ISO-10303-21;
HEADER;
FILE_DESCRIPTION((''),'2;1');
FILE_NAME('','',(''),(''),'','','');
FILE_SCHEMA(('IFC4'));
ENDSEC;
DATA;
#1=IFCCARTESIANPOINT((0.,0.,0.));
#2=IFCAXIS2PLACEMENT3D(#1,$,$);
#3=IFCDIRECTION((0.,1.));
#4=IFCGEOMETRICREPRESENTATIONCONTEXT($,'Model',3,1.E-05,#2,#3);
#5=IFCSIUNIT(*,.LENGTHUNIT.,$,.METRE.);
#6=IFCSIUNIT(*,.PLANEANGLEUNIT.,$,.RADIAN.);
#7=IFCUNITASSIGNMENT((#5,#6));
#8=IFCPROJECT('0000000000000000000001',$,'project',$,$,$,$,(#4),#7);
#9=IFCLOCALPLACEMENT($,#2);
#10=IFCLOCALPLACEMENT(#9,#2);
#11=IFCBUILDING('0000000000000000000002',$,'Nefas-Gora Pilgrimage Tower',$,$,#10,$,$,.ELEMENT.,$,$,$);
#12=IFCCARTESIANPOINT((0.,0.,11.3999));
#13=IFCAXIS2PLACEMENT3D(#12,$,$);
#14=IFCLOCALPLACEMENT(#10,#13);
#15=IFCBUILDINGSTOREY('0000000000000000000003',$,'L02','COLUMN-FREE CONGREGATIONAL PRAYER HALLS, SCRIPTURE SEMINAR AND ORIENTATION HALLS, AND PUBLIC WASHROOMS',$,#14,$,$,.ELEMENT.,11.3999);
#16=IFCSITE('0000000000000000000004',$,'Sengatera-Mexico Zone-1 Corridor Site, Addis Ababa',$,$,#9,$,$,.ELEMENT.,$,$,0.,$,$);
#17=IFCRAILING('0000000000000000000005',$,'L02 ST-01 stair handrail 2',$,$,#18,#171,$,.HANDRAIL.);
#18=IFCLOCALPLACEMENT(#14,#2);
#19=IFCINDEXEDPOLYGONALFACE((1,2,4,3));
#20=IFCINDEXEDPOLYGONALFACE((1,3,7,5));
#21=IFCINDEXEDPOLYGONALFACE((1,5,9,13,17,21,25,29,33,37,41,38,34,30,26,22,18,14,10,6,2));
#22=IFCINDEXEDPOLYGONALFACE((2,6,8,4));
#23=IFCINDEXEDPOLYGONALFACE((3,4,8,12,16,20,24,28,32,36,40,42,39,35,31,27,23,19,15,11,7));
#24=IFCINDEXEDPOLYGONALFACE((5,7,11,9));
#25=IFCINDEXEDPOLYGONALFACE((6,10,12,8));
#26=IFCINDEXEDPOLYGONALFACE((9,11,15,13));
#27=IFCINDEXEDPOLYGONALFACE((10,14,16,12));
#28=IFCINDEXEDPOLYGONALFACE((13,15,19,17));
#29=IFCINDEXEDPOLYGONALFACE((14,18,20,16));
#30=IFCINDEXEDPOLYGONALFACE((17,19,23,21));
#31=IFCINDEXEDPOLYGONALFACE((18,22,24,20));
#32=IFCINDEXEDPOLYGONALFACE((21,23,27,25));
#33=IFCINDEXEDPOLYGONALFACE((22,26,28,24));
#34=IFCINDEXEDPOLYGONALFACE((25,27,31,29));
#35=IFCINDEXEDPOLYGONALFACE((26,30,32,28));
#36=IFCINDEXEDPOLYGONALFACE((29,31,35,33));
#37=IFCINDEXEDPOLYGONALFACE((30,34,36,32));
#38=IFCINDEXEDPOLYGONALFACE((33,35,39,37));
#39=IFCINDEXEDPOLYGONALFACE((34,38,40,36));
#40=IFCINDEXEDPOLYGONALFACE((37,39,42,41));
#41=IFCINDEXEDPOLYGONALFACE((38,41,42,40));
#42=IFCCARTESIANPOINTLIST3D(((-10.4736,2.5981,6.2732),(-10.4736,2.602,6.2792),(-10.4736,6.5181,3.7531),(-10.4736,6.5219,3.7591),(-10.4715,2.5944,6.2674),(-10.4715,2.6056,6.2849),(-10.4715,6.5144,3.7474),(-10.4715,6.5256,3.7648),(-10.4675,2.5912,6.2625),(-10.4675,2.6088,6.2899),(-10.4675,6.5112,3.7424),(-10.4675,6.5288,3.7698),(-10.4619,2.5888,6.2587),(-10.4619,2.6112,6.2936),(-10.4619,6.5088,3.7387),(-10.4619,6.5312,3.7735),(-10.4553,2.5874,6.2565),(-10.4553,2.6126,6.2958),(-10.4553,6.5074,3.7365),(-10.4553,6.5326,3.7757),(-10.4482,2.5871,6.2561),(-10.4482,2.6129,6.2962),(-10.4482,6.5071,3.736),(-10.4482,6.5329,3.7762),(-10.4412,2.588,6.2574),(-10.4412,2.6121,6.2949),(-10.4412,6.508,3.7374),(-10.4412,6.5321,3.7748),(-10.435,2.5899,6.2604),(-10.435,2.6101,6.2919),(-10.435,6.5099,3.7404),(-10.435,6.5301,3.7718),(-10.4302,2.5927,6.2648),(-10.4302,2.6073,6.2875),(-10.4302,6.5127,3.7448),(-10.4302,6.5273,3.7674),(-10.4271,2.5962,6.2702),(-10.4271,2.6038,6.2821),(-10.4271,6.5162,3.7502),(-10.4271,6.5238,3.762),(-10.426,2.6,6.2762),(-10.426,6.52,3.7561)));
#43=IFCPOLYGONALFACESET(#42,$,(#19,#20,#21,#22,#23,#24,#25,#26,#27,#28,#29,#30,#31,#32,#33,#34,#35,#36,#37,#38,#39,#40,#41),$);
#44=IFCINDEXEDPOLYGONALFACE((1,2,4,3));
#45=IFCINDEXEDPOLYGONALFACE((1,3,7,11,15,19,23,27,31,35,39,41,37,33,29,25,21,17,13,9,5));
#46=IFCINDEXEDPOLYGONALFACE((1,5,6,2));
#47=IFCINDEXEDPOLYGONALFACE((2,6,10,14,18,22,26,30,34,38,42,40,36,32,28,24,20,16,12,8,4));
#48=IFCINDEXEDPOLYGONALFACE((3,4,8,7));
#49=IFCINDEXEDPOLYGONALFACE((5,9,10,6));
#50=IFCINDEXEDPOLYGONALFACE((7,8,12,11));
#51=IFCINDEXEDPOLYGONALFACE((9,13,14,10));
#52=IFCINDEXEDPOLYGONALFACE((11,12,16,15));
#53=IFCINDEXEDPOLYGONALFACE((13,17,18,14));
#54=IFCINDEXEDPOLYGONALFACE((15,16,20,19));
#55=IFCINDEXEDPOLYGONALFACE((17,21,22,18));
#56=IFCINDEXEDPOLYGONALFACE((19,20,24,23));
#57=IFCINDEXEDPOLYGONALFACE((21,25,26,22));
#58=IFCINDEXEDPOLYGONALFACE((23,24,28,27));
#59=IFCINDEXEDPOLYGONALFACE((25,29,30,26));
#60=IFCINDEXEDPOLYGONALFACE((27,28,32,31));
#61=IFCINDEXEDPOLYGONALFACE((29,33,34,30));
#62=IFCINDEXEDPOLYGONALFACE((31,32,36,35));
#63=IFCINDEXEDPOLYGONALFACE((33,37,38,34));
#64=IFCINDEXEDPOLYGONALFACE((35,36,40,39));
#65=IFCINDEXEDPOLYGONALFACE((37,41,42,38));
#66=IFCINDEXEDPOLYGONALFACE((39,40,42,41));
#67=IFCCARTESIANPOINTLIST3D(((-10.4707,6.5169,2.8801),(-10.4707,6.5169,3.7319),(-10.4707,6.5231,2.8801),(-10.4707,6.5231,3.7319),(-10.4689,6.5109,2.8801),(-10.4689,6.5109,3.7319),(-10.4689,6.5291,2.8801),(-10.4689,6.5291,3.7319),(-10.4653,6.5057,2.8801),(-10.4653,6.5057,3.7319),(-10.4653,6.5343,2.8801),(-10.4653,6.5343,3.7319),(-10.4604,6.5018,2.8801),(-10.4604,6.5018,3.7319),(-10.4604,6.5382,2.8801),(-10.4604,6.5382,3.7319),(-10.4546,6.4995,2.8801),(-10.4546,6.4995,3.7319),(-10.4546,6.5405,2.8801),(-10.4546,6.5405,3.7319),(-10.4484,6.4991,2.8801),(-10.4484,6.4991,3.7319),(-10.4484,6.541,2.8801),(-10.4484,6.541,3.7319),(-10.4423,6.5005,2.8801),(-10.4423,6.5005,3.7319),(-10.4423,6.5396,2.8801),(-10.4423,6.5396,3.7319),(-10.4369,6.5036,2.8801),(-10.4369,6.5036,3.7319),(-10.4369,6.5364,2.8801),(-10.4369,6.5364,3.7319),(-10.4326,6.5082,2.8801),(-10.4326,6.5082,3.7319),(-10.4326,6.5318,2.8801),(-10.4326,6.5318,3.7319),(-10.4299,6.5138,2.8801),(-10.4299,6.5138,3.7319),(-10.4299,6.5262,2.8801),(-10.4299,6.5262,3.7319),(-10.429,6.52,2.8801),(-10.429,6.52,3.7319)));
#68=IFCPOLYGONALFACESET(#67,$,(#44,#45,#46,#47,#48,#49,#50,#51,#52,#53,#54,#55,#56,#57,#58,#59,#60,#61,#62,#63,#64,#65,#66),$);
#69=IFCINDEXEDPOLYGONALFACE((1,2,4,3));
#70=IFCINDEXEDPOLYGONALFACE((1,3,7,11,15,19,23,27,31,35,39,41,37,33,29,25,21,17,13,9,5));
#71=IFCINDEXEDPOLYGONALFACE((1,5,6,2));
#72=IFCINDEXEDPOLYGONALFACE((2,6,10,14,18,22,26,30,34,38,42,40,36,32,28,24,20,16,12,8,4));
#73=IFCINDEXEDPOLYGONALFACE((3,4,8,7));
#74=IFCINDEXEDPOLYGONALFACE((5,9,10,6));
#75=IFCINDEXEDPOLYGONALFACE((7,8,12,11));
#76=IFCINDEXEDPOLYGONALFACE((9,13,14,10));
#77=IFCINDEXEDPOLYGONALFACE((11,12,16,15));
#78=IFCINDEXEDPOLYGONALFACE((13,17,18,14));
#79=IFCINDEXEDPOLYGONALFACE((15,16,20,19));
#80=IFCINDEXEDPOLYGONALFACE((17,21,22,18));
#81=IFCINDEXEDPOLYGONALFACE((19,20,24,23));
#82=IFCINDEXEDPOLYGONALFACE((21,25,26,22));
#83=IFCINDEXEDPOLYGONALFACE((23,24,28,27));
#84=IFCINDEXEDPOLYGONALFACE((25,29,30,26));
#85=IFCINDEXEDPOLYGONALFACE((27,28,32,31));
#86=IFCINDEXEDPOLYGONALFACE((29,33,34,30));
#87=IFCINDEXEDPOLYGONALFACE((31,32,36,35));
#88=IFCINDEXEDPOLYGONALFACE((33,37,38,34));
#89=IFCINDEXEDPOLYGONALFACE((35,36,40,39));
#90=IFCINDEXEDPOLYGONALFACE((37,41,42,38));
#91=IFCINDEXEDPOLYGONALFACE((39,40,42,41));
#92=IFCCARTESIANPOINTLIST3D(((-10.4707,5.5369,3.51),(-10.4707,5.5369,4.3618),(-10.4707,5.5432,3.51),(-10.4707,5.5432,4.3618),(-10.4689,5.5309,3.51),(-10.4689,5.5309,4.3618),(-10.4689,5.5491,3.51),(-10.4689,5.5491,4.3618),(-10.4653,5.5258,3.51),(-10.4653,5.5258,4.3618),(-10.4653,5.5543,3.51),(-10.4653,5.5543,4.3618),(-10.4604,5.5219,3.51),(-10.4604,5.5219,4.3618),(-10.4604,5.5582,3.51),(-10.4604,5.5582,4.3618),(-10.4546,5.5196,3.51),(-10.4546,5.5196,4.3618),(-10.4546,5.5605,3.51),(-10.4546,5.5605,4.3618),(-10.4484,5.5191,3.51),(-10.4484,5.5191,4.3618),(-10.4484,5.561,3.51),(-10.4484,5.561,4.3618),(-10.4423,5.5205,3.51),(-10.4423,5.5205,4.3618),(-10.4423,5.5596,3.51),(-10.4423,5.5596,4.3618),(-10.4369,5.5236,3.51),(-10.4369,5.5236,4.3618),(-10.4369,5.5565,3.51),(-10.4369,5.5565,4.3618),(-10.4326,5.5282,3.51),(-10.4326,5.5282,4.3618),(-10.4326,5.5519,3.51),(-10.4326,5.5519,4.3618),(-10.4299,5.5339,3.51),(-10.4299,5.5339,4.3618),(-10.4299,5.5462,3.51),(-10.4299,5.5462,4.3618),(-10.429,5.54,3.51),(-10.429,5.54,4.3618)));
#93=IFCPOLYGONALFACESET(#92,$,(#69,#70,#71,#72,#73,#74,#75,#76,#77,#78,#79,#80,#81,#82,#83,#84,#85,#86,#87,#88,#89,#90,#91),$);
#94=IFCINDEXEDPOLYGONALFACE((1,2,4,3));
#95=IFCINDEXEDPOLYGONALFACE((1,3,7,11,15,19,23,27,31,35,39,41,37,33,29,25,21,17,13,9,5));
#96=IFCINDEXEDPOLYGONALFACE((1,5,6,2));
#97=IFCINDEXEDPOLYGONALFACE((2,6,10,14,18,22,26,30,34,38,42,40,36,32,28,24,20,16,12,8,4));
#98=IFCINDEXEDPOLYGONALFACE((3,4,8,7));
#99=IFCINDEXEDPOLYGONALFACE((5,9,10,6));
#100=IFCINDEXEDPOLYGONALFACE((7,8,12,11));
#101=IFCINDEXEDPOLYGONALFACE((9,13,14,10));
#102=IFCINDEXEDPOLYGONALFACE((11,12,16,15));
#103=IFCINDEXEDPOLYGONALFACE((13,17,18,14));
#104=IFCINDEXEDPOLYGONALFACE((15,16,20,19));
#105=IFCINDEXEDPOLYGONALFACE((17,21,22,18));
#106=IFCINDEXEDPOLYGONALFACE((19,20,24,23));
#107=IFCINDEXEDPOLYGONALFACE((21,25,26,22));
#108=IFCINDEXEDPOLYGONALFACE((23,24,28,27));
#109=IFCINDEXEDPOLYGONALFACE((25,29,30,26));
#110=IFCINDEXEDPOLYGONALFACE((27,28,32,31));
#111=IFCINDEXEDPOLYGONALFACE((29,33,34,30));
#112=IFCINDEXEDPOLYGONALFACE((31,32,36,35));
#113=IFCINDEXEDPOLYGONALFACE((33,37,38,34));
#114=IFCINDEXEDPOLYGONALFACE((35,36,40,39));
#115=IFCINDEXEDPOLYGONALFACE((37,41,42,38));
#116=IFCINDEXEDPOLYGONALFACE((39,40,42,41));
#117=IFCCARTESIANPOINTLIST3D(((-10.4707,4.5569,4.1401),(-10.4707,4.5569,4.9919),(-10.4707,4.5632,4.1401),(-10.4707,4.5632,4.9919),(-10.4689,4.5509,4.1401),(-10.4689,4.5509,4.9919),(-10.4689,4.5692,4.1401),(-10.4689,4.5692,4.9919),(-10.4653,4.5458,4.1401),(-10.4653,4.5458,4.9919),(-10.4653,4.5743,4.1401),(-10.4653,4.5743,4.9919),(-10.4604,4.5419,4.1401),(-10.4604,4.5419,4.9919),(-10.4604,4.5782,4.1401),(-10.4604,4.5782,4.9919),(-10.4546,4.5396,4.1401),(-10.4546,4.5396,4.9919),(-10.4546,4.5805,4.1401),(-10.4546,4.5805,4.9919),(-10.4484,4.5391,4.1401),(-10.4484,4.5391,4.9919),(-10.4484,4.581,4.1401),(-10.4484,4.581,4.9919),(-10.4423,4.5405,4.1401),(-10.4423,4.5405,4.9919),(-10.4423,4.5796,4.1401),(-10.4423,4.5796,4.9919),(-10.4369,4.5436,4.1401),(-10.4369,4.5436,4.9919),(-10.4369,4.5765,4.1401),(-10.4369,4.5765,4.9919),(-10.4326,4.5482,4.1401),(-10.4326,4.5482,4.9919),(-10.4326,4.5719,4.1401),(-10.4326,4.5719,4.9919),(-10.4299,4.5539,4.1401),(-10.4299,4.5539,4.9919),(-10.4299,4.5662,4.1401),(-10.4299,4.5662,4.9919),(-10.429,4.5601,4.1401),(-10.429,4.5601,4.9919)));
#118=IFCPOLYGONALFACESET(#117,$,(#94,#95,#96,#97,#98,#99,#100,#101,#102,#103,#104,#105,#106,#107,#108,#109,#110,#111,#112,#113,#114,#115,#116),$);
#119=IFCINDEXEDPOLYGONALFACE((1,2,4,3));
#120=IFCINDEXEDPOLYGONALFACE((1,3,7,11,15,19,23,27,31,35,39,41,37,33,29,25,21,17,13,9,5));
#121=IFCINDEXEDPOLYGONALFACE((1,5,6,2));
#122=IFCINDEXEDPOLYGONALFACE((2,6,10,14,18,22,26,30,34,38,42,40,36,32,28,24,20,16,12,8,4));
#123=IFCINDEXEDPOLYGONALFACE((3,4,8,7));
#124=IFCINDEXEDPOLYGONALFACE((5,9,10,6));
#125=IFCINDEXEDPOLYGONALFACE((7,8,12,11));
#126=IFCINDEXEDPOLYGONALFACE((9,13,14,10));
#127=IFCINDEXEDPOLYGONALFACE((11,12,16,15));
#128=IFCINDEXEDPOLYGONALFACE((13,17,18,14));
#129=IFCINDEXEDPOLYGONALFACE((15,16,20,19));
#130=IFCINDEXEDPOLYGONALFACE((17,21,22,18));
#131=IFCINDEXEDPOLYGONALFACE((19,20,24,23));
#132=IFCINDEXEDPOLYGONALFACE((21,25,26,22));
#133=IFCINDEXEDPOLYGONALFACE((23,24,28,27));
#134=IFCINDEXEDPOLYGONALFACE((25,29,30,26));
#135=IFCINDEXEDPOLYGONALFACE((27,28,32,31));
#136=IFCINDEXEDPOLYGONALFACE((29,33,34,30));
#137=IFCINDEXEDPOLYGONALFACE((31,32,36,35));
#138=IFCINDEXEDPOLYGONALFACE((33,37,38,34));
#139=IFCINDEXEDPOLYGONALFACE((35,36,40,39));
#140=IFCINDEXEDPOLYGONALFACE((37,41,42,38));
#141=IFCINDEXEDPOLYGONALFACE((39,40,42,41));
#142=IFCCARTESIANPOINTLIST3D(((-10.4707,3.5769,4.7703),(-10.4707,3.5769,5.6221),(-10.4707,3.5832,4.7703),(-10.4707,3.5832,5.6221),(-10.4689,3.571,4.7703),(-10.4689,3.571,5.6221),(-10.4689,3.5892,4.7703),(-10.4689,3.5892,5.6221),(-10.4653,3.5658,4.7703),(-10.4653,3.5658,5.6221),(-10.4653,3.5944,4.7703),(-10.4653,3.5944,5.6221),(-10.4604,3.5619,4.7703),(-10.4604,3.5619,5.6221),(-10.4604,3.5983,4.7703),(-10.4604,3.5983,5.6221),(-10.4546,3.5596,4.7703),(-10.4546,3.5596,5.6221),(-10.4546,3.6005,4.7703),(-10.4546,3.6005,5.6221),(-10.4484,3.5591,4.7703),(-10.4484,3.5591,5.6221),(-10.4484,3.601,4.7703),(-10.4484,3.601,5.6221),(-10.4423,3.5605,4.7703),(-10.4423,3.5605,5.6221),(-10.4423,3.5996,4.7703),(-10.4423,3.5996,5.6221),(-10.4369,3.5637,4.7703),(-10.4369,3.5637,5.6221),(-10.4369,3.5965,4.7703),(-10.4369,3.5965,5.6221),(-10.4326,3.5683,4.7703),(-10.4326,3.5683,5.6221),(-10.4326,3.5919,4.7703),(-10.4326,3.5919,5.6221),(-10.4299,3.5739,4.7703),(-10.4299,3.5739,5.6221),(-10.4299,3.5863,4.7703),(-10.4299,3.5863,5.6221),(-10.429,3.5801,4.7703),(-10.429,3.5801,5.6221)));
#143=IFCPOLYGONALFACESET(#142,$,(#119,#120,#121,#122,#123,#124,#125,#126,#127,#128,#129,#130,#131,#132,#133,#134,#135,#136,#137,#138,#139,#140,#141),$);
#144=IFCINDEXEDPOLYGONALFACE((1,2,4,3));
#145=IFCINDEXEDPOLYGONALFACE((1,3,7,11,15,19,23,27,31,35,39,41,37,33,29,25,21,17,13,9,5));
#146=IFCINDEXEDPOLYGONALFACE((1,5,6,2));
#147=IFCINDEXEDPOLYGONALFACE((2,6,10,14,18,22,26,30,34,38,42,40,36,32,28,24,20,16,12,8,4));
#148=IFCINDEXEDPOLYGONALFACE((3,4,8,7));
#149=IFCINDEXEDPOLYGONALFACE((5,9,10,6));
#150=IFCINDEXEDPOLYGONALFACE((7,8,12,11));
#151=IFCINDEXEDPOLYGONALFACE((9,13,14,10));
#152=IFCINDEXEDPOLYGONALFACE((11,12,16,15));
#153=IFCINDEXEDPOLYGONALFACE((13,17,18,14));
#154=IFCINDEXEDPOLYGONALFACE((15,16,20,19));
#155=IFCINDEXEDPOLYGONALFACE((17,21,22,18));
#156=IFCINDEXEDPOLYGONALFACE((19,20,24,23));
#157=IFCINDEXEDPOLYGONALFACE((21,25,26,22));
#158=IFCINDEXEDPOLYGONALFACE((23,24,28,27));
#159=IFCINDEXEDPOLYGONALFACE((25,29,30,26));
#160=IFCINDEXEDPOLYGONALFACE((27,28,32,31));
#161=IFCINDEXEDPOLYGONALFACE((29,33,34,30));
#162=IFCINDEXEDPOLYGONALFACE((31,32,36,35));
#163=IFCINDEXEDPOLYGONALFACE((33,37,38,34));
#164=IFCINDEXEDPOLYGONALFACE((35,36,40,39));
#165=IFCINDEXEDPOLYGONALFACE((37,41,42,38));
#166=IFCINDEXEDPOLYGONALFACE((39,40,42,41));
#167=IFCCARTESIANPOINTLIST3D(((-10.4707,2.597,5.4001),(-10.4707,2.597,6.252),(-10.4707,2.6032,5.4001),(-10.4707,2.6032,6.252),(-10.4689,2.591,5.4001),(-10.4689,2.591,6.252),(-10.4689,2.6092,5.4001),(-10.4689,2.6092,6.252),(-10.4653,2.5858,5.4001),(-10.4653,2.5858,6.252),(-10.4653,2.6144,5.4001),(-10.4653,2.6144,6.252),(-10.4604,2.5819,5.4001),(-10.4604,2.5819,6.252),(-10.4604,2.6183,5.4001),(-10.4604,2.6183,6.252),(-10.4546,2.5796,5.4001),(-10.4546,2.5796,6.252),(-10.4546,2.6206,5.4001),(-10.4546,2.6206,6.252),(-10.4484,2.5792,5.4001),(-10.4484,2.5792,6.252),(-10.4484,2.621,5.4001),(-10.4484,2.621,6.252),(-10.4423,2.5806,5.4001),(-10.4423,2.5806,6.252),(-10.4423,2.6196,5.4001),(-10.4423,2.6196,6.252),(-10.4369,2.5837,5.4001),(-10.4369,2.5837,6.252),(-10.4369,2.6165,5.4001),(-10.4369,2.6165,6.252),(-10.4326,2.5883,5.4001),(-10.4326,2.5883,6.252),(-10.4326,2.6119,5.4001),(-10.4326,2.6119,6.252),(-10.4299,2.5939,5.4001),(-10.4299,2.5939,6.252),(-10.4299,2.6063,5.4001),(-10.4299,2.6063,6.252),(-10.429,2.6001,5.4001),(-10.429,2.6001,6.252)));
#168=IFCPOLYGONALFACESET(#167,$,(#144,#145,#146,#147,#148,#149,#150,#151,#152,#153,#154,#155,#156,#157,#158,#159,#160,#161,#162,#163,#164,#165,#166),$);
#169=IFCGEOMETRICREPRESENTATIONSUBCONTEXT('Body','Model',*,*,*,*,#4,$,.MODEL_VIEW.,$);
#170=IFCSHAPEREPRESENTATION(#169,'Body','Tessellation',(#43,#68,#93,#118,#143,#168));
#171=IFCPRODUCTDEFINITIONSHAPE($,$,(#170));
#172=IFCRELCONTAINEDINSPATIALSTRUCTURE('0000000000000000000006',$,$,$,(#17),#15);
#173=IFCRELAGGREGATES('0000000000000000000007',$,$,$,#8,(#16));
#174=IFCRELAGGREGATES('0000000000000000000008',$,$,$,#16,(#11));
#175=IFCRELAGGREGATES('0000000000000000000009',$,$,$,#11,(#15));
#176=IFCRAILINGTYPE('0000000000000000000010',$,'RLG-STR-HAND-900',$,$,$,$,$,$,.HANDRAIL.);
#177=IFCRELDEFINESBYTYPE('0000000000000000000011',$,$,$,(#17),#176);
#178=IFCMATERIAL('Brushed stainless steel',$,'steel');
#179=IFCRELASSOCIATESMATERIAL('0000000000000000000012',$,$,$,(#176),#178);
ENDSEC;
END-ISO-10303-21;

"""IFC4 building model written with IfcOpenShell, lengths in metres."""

from ifc_helpers import new_model, si_unit, direction, frame, origin, origin_2d, place, context, subcontext, project, spatial, circle, extrude, material, type_object, element, save


model = new_model("IFC4")

# Units and contexts
model_context = context("Model", 3, precision=1e-05, world=origin(), true_north=direction((0.0, 1.0)))
body_context = subcontext(model_context, "Body", "Model", "MODEL_VIEW")
ifc_project = project(units=[si_unit("LENGTHUNIT", "METRE"), si_unit("PLANEANGLEUNIT", "RADIAN")], contexts=[model_context])

# Site, building, storey
site_placement = place(None, origin())
site = spatial("IfcSite", under=ifc_project, at=site_placement, Name="Sengatera-Mexico Zone-1 Corridor Site, Addis Ababa", CompositionType="ELEMENT", RefElevation=0.0)
building_placement = place(site_placement, origin())
building = spatial("IfcBuilding", under=site, at=building_placement, Name="Nefas-Gora Pilgrimage Tower", CompositionType="ELEMENT")
storey_placement = place(building_placement, frame((0.0, 0.0, 11.3999)))
storey = spatial("IfcBuildingStorey", under=building, at=storey_placement, Name="L02", Description="COLUMN-FREE CONGREGATIONAL PRAYER HALLS, SCRIPTURE SEMINAR AND ORIENTATION HALLS, AND PUBLIC WASHROOMS", CompositionType="ELEMENT", Elevation=11.3999)

# Railing
ifc_material_1 = material(Name="Brushed stainless steel", Category="steel")
railing_type_1 = type_object("IfcRailingType", Name="RLG-STR-HAND-900", PredefinedType="HANDRAIL", material=ifc_material_1)
railing_1_placement = place(storey_placement, frame((-10.45, 6.52, 2.8801)))
element("IfcRailing", 1, at=railing_1_placement, inside=storey, type_object=railing_type_1, Name="L02 ST-01 stair handrail 2", PredefinedType="HANDRAIL", context=body_context, shape_type="SweptSolid", body=[
    extrude(circle(Radius=0.0239, at=origin_2d()), frame((0.0, 0.0, 0.876), z_axis=(0.0, -0.841172, 0.540768), x_axis=(1.0, 0.0, 0.0)), (0.0, 0.0, 1.0), 4.6602),
    extrude(circle(Radius=0.021, at=origin_2d()), origin(), (0.0, 0.0, 1.0), 0.8518),
    extrude(circle(Radius=0.021, at=origin_2d()), frame((0.0, -0.98, 0.6299)), (0.0, 0.0, 1.0), 0.8518),
    extrude(circle(Radius=0.021, at=origin_2d()), frame((0.0, -1.96, 1.26)), (0.0, 0.0, 1.0), 0.8518),
    extrude(circle(Radius=0.021, at=origin_2d()), frame((0.0, -2.9399, 1.8901)), (0.0, 0.0, 1.0), 0.8518),
    extrude(circle(Radius=0.021, at=origin_2d()), frame((0.0, -3.9199, 2.52)), (0.0, 0.0, 1.0), 0.8518),
])

save(model, "model.ifc")
